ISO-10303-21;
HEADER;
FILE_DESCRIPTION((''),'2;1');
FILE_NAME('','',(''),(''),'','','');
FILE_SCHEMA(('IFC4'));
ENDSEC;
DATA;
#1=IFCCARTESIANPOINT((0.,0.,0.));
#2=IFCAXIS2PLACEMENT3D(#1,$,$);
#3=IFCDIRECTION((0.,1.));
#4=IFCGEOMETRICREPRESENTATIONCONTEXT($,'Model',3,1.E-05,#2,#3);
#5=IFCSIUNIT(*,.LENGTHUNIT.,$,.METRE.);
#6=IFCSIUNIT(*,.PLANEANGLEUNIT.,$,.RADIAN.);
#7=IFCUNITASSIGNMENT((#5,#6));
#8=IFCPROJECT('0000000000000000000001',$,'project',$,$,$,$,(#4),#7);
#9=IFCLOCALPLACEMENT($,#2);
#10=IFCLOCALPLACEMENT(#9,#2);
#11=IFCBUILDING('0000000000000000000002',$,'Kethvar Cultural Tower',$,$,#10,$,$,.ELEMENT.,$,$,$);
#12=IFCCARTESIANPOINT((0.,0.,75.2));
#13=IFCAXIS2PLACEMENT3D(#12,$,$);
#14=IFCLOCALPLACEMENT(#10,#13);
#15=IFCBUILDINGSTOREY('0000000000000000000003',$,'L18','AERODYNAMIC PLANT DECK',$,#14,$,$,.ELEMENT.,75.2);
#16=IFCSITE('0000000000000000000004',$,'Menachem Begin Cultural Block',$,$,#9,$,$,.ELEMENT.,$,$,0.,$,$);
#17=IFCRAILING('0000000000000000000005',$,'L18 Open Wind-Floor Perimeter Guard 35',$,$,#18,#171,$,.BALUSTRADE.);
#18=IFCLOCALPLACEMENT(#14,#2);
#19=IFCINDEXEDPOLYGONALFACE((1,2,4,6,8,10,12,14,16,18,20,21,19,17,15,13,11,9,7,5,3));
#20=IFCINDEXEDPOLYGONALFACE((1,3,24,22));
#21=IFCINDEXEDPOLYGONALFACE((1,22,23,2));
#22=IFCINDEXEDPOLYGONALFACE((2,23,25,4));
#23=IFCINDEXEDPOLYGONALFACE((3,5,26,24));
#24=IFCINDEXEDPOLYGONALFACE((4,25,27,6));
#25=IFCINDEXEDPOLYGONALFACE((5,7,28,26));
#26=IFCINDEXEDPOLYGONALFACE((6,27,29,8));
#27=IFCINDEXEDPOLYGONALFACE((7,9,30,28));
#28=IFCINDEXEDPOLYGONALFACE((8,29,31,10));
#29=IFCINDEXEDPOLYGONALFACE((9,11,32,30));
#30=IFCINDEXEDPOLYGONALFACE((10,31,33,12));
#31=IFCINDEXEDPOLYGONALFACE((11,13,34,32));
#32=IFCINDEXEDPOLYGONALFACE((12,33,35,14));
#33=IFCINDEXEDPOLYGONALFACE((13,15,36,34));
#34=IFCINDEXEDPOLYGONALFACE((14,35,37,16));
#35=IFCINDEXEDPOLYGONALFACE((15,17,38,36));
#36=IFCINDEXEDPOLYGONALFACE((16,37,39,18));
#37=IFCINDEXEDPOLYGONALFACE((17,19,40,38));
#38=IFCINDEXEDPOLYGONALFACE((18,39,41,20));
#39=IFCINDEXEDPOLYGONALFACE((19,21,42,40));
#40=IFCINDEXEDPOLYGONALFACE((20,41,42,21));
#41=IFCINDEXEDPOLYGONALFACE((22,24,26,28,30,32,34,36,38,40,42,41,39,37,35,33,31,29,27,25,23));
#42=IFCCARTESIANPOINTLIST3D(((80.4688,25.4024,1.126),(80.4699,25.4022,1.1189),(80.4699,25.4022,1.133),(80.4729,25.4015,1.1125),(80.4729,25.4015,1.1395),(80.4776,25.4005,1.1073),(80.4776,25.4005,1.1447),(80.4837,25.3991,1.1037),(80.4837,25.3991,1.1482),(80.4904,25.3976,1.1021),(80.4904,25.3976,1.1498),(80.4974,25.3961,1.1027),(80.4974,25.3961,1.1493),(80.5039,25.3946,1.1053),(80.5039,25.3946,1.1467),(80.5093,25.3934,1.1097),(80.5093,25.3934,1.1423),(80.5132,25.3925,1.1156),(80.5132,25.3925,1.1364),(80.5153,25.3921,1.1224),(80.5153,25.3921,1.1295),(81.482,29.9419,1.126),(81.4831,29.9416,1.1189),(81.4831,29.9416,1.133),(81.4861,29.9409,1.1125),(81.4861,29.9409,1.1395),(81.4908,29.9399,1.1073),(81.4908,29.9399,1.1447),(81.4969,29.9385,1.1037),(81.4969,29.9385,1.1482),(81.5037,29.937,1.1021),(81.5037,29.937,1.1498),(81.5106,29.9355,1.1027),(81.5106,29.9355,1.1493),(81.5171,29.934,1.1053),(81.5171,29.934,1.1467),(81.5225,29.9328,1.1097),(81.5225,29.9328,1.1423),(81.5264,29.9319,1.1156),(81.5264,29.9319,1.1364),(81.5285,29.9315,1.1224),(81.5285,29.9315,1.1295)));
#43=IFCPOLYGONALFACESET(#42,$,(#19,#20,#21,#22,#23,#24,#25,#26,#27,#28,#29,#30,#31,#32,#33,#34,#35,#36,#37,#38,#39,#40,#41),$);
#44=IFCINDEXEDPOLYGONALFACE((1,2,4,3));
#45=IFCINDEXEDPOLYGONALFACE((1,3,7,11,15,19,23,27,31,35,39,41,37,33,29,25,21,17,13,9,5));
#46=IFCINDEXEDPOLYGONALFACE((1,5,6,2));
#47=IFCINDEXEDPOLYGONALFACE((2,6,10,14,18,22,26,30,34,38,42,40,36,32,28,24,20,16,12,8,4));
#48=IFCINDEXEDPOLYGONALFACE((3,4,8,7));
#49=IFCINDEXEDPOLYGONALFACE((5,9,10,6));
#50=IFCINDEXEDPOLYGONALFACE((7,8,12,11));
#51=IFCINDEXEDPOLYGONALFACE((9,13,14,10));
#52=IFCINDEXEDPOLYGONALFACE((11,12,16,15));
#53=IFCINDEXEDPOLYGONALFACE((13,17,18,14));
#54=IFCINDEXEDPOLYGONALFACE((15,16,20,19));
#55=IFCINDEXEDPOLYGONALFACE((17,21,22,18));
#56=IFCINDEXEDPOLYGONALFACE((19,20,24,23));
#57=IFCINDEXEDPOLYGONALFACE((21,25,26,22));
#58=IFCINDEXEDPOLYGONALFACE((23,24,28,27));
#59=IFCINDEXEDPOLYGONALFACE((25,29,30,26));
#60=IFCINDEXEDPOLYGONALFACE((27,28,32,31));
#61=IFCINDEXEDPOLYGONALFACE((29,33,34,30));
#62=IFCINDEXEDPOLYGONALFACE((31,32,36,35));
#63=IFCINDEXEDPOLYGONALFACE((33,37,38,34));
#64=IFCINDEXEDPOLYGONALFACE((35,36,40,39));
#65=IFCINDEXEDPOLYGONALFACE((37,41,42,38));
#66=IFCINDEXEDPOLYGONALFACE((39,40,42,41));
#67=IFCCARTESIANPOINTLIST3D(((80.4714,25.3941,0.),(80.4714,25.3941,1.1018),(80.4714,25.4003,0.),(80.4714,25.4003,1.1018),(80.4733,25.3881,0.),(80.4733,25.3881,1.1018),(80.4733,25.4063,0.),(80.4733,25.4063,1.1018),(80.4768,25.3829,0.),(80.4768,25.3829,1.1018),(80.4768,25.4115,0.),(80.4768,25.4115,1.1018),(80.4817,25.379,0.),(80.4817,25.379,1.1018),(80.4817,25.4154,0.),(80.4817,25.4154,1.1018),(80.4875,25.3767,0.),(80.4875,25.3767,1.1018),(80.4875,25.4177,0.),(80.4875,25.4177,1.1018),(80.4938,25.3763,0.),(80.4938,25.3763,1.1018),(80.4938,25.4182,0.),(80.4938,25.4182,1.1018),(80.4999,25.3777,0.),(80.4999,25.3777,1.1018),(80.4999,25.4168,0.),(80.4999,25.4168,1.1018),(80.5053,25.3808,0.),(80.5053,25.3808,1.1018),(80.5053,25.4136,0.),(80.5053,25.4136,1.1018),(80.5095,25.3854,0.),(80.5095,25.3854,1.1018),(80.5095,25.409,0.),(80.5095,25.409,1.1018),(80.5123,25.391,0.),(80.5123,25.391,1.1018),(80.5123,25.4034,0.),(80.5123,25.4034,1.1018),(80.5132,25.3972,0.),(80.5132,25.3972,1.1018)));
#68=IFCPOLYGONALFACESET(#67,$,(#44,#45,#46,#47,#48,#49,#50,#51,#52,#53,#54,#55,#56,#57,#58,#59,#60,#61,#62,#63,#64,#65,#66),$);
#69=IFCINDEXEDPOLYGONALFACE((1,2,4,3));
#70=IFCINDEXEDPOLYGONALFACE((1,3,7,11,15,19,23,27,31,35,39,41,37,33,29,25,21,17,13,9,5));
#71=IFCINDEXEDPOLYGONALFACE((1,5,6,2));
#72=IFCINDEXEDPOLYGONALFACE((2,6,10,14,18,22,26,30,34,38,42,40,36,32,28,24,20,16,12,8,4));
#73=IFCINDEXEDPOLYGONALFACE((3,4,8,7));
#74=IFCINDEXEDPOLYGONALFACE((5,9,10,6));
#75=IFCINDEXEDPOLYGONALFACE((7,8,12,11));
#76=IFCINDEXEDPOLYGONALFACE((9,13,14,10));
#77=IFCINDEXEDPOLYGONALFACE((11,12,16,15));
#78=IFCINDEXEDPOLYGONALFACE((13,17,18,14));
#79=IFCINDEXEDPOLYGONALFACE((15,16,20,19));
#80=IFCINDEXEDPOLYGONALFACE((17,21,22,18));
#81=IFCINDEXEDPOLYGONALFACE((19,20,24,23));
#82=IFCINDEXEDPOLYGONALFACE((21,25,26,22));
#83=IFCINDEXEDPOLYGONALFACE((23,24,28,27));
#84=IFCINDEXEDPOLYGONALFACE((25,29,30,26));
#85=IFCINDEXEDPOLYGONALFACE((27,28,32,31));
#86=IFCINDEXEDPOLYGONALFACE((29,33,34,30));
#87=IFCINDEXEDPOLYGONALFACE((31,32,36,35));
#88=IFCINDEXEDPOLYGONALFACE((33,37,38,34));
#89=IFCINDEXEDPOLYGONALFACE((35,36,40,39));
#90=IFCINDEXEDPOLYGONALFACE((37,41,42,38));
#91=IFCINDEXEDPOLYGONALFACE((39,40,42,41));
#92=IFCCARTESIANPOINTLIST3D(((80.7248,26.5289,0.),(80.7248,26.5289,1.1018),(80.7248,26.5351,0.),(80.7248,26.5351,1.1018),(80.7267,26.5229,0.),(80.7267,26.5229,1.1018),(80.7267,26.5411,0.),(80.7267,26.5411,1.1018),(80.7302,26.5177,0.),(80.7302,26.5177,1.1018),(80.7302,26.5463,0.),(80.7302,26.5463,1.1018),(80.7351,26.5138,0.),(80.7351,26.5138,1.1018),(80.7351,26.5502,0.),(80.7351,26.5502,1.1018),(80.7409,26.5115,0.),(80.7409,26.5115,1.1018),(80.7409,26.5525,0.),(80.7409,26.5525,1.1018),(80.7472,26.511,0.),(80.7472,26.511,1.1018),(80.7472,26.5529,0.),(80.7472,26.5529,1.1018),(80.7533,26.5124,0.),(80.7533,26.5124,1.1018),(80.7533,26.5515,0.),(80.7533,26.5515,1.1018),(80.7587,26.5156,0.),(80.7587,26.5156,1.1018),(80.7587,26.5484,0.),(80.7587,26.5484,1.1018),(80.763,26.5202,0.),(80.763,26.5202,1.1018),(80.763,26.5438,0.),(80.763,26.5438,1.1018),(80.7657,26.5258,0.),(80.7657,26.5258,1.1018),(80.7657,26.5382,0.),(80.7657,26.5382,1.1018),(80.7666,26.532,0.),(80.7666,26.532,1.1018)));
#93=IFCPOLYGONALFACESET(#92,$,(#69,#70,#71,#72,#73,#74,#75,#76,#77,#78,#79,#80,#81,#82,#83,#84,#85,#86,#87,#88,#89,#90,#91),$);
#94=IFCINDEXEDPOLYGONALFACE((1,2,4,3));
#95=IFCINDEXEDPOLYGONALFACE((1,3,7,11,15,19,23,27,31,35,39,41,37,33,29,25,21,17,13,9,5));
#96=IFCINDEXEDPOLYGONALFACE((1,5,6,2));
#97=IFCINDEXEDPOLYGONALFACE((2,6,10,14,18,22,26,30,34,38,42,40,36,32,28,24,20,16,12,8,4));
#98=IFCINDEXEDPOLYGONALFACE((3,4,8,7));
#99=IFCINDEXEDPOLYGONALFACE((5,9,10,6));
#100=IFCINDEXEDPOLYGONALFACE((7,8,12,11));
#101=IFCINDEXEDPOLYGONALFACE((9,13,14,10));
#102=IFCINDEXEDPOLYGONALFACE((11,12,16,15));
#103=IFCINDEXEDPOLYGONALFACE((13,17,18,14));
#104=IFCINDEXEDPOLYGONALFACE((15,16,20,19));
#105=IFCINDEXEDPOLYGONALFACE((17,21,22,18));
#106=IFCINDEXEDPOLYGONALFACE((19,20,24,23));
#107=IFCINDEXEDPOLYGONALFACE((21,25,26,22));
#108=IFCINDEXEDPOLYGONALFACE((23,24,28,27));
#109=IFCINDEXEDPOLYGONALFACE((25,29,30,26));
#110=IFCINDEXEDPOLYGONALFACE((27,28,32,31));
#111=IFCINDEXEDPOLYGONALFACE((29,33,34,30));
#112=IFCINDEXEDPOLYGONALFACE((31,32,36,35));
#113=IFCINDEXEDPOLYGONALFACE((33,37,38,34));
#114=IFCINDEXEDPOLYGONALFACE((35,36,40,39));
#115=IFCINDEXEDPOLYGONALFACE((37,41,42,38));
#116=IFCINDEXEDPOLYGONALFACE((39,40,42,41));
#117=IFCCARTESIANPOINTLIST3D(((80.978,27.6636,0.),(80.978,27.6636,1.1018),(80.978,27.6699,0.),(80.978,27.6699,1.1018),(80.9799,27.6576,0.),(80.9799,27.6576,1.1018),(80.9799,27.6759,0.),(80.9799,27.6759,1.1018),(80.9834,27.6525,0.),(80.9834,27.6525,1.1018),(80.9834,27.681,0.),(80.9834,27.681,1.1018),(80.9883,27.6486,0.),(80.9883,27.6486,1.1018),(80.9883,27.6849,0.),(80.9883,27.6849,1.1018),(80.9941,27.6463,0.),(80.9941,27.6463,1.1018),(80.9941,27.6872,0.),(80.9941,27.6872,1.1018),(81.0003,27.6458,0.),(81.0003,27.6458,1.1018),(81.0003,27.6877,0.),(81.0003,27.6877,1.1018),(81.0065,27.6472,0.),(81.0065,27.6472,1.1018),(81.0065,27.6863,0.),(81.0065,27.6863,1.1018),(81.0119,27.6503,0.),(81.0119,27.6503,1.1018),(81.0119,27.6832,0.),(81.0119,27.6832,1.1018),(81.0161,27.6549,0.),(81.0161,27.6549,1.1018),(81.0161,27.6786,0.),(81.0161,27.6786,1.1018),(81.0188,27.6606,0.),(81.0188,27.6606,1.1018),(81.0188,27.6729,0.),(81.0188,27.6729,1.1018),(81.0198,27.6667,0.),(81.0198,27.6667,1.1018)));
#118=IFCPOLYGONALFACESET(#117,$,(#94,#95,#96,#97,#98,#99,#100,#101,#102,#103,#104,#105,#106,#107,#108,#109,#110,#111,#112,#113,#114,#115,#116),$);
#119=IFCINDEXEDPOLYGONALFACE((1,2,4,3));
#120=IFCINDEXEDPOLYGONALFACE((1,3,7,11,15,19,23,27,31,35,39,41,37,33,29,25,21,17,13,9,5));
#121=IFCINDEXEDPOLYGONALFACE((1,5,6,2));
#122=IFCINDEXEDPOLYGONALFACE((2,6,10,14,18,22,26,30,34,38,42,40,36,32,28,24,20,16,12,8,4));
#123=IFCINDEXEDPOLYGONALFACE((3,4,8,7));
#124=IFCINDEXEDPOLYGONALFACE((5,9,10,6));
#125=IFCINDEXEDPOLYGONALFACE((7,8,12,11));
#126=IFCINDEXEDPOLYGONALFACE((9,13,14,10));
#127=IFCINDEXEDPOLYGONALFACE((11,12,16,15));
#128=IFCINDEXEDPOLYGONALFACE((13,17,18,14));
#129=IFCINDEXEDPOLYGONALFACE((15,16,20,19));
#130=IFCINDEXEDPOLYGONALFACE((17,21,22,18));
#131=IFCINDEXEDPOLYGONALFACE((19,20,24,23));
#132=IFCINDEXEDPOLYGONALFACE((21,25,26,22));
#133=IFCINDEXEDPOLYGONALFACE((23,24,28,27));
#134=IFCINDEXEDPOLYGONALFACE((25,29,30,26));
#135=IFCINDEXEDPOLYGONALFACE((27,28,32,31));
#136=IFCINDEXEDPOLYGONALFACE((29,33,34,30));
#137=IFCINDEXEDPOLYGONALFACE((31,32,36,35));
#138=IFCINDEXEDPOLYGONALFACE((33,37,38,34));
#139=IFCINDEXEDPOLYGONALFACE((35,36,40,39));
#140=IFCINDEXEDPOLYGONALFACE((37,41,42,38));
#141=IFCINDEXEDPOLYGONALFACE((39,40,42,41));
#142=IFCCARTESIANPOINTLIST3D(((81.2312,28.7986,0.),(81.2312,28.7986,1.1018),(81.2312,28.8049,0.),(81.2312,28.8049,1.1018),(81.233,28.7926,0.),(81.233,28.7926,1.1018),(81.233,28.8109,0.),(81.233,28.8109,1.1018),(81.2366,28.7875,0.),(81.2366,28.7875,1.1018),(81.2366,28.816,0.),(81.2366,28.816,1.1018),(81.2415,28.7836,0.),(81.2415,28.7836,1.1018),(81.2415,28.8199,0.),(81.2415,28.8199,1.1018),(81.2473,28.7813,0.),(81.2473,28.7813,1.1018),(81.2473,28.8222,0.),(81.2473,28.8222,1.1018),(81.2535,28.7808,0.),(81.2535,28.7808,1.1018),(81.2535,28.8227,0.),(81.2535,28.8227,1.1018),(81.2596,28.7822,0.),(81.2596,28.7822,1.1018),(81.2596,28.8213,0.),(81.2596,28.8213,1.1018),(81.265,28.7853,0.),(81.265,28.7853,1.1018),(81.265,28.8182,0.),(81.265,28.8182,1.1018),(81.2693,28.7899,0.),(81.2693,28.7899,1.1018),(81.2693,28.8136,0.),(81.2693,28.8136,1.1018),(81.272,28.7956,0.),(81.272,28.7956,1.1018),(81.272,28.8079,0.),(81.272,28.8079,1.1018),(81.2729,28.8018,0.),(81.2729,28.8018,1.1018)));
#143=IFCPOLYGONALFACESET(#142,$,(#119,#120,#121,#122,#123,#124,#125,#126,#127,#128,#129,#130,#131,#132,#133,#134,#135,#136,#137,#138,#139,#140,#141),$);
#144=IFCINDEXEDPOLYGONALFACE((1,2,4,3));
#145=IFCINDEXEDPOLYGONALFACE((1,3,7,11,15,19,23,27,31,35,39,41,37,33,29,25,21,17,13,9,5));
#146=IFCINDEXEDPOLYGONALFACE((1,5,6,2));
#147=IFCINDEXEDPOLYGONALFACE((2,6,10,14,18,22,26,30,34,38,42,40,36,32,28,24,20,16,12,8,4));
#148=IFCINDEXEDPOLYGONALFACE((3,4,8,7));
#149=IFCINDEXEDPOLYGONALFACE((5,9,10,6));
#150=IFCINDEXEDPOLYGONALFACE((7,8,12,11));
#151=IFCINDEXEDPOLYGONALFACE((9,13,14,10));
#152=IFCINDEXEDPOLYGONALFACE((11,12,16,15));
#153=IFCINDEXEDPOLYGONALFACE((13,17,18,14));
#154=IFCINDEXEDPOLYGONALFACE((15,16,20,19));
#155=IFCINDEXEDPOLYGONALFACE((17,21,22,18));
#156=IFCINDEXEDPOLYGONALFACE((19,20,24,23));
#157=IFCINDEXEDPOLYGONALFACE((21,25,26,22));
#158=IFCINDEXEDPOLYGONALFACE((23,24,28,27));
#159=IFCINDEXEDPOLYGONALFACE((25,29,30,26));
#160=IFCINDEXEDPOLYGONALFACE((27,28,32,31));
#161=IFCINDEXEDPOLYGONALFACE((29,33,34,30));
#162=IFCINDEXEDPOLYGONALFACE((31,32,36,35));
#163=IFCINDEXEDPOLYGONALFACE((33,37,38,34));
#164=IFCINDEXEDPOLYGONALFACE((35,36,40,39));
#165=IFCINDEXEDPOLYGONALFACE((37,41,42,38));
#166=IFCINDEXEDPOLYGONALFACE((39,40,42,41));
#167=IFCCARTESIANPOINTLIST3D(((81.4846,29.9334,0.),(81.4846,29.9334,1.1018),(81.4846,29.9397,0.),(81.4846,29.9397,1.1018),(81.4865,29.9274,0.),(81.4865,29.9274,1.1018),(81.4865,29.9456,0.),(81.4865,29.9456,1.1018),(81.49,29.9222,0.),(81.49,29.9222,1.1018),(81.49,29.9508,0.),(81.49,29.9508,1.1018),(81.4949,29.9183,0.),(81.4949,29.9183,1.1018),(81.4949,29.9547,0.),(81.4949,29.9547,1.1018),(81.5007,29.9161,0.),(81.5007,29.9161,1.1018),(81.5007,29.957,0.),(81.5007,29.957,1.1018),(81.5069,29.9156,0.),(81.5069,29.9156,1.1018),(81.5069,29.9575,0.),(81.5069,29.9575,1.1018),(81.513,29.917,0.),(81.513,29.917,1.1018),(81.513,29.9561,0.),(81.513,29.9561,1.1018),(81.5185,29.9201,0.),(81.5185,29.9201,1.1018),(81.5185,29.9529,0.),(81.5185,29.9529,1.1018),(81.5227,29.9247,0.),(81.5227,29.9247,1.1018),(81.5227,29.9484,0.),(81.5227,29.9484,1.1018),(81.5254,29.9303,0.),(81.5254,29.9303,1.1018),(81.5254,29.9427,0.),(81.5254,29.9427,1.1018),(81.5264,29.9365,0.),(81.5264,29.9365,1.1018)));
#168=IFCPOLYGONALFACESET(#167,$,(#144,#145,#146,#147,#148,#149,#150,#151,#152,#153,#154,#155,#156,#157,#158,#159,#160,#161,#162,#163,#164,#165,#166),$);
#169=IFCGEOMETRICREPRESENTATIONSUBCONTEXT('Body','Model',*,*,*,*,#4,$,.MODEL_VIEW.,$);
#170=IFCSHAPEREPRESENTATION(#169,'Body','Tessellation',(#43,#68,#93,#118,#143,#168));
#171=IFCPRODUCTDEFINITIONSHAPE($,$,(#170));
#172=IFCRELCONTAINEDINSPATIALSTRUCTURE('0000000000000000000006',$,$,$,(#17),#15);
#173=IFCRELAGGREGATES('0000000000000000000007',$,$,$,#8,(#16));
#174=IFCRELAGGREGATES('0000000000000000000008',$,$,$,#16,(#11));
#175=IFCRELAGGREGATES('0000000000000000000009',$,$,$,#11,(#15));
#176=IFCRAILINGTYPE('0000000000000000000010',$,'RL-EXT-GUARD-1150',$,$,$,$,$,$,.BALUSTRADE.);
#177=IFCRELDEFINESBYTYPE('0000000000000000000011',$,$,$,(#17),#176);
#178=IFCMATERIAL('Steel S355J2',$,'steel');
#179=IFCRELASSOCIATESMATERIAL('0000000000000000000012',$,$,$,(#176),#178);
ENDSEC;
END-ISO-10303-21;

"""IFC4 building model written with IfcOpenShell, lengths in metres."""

from ifc_helpers import new_model, si_unit, direction, frame, origin, origin_2d, place, context, subcontext, project, spatial, circle, extrude, material, type_object, element, save


model = new_model("IFC4")

# Units and contexts
model_context = context("Model", 3, precision=1e-05, world=origin(), true_north=direction((0.0, 1.0)))
body_context = subcontext(model_context, "Body", "Model", "MODEL_VIEW")
ifc_project = project(units=[si_unit("LENGTHUNIT", "METRE"), si_unit("PLANEANGLEUNIT", "RADIAN")], contexts=[model_context])

# Site, building, storey
site_placement = place(None, origin())
site = spatial("IfcSite", under=ifc_project, at=site_placement, Name="Menachem Begin Cultural Block", CompositionType="ELEMENT", RefElevation=0.0)
building_placement = place(site_placement, origin())
building = spatial("IfcBuilding", under=site, at=building_placement, Name="Kethvar Cultural Tower", CompositionType="ELEMENT")
storey_placement = place(building_placement, frame((0.0, 0.0, 75.2)))
storey = spatial("IfcBuildingStorey", under=building, at=storey_placement, Name="L18", Description="AERODYNAMIC PLANT DECK", CompositionType="ELEMENT", Elevation=75.2)

# Shared definitions
ifc_material_1 = material(Name="Steel S355J2", Category="steel")

# Railing
railing_type = type_object("IfcRailingType", Name="RL-EXT-GUARD-1150", PredefinedType="BALUSTRADE", material=ifc_material_1)
railing_1_placement = place(storey_placement, frame((80.4922, 25.3972, 0.0)))
element("IfcRailing", 1, at=railing_1_placement, inside=storey, type_object=railing_type, Name="L18 Open Wind-Floor Perimeter Guard 35", PredefinedType="BALUSTRADE", context=body_context, shape_type="SweptSolid", body=[
    extrude(circle(Radius=0.0239, at=origin_2d()), frame((0.0, 0.0, 1.126), z_axis=(0.217842, 0.975984, 0.0), x_axis=(-0.975984, 0.217842, 0.0)), (0.0, 0.0, 1.0), 4.6511),
    extrude(circle(Radius=0.021, at=origin_2d()), origin(), (0.0, 0.0, 1.0), 1.1018),
    extrude(circle(Radius=0.021, at=origin_2d()), frame((0.2534, 1.1348, 0.0)), (0.0, 0.0, 1.0), 1.1018),
    extrude(circle(Radius=0.021, at=origin_2d()), frame((0.5066, 2.2695, 0.0)), (0.0, 0.0, 1.0), 1.1018),
    extrude(circle(Radius=0.021, at=origin_2d()), frame((0.7598, 3.4045, 0.0)), (0.0, 0.0, 1.0), 1.1018),
    extrude(circle(Radius=0.021, at=origin_2d()), frame((1.0132, 4.5393, 0.0)), (0.0, 0.0, 1.0), 1.1018),
])

save(model, "model.ifc")
